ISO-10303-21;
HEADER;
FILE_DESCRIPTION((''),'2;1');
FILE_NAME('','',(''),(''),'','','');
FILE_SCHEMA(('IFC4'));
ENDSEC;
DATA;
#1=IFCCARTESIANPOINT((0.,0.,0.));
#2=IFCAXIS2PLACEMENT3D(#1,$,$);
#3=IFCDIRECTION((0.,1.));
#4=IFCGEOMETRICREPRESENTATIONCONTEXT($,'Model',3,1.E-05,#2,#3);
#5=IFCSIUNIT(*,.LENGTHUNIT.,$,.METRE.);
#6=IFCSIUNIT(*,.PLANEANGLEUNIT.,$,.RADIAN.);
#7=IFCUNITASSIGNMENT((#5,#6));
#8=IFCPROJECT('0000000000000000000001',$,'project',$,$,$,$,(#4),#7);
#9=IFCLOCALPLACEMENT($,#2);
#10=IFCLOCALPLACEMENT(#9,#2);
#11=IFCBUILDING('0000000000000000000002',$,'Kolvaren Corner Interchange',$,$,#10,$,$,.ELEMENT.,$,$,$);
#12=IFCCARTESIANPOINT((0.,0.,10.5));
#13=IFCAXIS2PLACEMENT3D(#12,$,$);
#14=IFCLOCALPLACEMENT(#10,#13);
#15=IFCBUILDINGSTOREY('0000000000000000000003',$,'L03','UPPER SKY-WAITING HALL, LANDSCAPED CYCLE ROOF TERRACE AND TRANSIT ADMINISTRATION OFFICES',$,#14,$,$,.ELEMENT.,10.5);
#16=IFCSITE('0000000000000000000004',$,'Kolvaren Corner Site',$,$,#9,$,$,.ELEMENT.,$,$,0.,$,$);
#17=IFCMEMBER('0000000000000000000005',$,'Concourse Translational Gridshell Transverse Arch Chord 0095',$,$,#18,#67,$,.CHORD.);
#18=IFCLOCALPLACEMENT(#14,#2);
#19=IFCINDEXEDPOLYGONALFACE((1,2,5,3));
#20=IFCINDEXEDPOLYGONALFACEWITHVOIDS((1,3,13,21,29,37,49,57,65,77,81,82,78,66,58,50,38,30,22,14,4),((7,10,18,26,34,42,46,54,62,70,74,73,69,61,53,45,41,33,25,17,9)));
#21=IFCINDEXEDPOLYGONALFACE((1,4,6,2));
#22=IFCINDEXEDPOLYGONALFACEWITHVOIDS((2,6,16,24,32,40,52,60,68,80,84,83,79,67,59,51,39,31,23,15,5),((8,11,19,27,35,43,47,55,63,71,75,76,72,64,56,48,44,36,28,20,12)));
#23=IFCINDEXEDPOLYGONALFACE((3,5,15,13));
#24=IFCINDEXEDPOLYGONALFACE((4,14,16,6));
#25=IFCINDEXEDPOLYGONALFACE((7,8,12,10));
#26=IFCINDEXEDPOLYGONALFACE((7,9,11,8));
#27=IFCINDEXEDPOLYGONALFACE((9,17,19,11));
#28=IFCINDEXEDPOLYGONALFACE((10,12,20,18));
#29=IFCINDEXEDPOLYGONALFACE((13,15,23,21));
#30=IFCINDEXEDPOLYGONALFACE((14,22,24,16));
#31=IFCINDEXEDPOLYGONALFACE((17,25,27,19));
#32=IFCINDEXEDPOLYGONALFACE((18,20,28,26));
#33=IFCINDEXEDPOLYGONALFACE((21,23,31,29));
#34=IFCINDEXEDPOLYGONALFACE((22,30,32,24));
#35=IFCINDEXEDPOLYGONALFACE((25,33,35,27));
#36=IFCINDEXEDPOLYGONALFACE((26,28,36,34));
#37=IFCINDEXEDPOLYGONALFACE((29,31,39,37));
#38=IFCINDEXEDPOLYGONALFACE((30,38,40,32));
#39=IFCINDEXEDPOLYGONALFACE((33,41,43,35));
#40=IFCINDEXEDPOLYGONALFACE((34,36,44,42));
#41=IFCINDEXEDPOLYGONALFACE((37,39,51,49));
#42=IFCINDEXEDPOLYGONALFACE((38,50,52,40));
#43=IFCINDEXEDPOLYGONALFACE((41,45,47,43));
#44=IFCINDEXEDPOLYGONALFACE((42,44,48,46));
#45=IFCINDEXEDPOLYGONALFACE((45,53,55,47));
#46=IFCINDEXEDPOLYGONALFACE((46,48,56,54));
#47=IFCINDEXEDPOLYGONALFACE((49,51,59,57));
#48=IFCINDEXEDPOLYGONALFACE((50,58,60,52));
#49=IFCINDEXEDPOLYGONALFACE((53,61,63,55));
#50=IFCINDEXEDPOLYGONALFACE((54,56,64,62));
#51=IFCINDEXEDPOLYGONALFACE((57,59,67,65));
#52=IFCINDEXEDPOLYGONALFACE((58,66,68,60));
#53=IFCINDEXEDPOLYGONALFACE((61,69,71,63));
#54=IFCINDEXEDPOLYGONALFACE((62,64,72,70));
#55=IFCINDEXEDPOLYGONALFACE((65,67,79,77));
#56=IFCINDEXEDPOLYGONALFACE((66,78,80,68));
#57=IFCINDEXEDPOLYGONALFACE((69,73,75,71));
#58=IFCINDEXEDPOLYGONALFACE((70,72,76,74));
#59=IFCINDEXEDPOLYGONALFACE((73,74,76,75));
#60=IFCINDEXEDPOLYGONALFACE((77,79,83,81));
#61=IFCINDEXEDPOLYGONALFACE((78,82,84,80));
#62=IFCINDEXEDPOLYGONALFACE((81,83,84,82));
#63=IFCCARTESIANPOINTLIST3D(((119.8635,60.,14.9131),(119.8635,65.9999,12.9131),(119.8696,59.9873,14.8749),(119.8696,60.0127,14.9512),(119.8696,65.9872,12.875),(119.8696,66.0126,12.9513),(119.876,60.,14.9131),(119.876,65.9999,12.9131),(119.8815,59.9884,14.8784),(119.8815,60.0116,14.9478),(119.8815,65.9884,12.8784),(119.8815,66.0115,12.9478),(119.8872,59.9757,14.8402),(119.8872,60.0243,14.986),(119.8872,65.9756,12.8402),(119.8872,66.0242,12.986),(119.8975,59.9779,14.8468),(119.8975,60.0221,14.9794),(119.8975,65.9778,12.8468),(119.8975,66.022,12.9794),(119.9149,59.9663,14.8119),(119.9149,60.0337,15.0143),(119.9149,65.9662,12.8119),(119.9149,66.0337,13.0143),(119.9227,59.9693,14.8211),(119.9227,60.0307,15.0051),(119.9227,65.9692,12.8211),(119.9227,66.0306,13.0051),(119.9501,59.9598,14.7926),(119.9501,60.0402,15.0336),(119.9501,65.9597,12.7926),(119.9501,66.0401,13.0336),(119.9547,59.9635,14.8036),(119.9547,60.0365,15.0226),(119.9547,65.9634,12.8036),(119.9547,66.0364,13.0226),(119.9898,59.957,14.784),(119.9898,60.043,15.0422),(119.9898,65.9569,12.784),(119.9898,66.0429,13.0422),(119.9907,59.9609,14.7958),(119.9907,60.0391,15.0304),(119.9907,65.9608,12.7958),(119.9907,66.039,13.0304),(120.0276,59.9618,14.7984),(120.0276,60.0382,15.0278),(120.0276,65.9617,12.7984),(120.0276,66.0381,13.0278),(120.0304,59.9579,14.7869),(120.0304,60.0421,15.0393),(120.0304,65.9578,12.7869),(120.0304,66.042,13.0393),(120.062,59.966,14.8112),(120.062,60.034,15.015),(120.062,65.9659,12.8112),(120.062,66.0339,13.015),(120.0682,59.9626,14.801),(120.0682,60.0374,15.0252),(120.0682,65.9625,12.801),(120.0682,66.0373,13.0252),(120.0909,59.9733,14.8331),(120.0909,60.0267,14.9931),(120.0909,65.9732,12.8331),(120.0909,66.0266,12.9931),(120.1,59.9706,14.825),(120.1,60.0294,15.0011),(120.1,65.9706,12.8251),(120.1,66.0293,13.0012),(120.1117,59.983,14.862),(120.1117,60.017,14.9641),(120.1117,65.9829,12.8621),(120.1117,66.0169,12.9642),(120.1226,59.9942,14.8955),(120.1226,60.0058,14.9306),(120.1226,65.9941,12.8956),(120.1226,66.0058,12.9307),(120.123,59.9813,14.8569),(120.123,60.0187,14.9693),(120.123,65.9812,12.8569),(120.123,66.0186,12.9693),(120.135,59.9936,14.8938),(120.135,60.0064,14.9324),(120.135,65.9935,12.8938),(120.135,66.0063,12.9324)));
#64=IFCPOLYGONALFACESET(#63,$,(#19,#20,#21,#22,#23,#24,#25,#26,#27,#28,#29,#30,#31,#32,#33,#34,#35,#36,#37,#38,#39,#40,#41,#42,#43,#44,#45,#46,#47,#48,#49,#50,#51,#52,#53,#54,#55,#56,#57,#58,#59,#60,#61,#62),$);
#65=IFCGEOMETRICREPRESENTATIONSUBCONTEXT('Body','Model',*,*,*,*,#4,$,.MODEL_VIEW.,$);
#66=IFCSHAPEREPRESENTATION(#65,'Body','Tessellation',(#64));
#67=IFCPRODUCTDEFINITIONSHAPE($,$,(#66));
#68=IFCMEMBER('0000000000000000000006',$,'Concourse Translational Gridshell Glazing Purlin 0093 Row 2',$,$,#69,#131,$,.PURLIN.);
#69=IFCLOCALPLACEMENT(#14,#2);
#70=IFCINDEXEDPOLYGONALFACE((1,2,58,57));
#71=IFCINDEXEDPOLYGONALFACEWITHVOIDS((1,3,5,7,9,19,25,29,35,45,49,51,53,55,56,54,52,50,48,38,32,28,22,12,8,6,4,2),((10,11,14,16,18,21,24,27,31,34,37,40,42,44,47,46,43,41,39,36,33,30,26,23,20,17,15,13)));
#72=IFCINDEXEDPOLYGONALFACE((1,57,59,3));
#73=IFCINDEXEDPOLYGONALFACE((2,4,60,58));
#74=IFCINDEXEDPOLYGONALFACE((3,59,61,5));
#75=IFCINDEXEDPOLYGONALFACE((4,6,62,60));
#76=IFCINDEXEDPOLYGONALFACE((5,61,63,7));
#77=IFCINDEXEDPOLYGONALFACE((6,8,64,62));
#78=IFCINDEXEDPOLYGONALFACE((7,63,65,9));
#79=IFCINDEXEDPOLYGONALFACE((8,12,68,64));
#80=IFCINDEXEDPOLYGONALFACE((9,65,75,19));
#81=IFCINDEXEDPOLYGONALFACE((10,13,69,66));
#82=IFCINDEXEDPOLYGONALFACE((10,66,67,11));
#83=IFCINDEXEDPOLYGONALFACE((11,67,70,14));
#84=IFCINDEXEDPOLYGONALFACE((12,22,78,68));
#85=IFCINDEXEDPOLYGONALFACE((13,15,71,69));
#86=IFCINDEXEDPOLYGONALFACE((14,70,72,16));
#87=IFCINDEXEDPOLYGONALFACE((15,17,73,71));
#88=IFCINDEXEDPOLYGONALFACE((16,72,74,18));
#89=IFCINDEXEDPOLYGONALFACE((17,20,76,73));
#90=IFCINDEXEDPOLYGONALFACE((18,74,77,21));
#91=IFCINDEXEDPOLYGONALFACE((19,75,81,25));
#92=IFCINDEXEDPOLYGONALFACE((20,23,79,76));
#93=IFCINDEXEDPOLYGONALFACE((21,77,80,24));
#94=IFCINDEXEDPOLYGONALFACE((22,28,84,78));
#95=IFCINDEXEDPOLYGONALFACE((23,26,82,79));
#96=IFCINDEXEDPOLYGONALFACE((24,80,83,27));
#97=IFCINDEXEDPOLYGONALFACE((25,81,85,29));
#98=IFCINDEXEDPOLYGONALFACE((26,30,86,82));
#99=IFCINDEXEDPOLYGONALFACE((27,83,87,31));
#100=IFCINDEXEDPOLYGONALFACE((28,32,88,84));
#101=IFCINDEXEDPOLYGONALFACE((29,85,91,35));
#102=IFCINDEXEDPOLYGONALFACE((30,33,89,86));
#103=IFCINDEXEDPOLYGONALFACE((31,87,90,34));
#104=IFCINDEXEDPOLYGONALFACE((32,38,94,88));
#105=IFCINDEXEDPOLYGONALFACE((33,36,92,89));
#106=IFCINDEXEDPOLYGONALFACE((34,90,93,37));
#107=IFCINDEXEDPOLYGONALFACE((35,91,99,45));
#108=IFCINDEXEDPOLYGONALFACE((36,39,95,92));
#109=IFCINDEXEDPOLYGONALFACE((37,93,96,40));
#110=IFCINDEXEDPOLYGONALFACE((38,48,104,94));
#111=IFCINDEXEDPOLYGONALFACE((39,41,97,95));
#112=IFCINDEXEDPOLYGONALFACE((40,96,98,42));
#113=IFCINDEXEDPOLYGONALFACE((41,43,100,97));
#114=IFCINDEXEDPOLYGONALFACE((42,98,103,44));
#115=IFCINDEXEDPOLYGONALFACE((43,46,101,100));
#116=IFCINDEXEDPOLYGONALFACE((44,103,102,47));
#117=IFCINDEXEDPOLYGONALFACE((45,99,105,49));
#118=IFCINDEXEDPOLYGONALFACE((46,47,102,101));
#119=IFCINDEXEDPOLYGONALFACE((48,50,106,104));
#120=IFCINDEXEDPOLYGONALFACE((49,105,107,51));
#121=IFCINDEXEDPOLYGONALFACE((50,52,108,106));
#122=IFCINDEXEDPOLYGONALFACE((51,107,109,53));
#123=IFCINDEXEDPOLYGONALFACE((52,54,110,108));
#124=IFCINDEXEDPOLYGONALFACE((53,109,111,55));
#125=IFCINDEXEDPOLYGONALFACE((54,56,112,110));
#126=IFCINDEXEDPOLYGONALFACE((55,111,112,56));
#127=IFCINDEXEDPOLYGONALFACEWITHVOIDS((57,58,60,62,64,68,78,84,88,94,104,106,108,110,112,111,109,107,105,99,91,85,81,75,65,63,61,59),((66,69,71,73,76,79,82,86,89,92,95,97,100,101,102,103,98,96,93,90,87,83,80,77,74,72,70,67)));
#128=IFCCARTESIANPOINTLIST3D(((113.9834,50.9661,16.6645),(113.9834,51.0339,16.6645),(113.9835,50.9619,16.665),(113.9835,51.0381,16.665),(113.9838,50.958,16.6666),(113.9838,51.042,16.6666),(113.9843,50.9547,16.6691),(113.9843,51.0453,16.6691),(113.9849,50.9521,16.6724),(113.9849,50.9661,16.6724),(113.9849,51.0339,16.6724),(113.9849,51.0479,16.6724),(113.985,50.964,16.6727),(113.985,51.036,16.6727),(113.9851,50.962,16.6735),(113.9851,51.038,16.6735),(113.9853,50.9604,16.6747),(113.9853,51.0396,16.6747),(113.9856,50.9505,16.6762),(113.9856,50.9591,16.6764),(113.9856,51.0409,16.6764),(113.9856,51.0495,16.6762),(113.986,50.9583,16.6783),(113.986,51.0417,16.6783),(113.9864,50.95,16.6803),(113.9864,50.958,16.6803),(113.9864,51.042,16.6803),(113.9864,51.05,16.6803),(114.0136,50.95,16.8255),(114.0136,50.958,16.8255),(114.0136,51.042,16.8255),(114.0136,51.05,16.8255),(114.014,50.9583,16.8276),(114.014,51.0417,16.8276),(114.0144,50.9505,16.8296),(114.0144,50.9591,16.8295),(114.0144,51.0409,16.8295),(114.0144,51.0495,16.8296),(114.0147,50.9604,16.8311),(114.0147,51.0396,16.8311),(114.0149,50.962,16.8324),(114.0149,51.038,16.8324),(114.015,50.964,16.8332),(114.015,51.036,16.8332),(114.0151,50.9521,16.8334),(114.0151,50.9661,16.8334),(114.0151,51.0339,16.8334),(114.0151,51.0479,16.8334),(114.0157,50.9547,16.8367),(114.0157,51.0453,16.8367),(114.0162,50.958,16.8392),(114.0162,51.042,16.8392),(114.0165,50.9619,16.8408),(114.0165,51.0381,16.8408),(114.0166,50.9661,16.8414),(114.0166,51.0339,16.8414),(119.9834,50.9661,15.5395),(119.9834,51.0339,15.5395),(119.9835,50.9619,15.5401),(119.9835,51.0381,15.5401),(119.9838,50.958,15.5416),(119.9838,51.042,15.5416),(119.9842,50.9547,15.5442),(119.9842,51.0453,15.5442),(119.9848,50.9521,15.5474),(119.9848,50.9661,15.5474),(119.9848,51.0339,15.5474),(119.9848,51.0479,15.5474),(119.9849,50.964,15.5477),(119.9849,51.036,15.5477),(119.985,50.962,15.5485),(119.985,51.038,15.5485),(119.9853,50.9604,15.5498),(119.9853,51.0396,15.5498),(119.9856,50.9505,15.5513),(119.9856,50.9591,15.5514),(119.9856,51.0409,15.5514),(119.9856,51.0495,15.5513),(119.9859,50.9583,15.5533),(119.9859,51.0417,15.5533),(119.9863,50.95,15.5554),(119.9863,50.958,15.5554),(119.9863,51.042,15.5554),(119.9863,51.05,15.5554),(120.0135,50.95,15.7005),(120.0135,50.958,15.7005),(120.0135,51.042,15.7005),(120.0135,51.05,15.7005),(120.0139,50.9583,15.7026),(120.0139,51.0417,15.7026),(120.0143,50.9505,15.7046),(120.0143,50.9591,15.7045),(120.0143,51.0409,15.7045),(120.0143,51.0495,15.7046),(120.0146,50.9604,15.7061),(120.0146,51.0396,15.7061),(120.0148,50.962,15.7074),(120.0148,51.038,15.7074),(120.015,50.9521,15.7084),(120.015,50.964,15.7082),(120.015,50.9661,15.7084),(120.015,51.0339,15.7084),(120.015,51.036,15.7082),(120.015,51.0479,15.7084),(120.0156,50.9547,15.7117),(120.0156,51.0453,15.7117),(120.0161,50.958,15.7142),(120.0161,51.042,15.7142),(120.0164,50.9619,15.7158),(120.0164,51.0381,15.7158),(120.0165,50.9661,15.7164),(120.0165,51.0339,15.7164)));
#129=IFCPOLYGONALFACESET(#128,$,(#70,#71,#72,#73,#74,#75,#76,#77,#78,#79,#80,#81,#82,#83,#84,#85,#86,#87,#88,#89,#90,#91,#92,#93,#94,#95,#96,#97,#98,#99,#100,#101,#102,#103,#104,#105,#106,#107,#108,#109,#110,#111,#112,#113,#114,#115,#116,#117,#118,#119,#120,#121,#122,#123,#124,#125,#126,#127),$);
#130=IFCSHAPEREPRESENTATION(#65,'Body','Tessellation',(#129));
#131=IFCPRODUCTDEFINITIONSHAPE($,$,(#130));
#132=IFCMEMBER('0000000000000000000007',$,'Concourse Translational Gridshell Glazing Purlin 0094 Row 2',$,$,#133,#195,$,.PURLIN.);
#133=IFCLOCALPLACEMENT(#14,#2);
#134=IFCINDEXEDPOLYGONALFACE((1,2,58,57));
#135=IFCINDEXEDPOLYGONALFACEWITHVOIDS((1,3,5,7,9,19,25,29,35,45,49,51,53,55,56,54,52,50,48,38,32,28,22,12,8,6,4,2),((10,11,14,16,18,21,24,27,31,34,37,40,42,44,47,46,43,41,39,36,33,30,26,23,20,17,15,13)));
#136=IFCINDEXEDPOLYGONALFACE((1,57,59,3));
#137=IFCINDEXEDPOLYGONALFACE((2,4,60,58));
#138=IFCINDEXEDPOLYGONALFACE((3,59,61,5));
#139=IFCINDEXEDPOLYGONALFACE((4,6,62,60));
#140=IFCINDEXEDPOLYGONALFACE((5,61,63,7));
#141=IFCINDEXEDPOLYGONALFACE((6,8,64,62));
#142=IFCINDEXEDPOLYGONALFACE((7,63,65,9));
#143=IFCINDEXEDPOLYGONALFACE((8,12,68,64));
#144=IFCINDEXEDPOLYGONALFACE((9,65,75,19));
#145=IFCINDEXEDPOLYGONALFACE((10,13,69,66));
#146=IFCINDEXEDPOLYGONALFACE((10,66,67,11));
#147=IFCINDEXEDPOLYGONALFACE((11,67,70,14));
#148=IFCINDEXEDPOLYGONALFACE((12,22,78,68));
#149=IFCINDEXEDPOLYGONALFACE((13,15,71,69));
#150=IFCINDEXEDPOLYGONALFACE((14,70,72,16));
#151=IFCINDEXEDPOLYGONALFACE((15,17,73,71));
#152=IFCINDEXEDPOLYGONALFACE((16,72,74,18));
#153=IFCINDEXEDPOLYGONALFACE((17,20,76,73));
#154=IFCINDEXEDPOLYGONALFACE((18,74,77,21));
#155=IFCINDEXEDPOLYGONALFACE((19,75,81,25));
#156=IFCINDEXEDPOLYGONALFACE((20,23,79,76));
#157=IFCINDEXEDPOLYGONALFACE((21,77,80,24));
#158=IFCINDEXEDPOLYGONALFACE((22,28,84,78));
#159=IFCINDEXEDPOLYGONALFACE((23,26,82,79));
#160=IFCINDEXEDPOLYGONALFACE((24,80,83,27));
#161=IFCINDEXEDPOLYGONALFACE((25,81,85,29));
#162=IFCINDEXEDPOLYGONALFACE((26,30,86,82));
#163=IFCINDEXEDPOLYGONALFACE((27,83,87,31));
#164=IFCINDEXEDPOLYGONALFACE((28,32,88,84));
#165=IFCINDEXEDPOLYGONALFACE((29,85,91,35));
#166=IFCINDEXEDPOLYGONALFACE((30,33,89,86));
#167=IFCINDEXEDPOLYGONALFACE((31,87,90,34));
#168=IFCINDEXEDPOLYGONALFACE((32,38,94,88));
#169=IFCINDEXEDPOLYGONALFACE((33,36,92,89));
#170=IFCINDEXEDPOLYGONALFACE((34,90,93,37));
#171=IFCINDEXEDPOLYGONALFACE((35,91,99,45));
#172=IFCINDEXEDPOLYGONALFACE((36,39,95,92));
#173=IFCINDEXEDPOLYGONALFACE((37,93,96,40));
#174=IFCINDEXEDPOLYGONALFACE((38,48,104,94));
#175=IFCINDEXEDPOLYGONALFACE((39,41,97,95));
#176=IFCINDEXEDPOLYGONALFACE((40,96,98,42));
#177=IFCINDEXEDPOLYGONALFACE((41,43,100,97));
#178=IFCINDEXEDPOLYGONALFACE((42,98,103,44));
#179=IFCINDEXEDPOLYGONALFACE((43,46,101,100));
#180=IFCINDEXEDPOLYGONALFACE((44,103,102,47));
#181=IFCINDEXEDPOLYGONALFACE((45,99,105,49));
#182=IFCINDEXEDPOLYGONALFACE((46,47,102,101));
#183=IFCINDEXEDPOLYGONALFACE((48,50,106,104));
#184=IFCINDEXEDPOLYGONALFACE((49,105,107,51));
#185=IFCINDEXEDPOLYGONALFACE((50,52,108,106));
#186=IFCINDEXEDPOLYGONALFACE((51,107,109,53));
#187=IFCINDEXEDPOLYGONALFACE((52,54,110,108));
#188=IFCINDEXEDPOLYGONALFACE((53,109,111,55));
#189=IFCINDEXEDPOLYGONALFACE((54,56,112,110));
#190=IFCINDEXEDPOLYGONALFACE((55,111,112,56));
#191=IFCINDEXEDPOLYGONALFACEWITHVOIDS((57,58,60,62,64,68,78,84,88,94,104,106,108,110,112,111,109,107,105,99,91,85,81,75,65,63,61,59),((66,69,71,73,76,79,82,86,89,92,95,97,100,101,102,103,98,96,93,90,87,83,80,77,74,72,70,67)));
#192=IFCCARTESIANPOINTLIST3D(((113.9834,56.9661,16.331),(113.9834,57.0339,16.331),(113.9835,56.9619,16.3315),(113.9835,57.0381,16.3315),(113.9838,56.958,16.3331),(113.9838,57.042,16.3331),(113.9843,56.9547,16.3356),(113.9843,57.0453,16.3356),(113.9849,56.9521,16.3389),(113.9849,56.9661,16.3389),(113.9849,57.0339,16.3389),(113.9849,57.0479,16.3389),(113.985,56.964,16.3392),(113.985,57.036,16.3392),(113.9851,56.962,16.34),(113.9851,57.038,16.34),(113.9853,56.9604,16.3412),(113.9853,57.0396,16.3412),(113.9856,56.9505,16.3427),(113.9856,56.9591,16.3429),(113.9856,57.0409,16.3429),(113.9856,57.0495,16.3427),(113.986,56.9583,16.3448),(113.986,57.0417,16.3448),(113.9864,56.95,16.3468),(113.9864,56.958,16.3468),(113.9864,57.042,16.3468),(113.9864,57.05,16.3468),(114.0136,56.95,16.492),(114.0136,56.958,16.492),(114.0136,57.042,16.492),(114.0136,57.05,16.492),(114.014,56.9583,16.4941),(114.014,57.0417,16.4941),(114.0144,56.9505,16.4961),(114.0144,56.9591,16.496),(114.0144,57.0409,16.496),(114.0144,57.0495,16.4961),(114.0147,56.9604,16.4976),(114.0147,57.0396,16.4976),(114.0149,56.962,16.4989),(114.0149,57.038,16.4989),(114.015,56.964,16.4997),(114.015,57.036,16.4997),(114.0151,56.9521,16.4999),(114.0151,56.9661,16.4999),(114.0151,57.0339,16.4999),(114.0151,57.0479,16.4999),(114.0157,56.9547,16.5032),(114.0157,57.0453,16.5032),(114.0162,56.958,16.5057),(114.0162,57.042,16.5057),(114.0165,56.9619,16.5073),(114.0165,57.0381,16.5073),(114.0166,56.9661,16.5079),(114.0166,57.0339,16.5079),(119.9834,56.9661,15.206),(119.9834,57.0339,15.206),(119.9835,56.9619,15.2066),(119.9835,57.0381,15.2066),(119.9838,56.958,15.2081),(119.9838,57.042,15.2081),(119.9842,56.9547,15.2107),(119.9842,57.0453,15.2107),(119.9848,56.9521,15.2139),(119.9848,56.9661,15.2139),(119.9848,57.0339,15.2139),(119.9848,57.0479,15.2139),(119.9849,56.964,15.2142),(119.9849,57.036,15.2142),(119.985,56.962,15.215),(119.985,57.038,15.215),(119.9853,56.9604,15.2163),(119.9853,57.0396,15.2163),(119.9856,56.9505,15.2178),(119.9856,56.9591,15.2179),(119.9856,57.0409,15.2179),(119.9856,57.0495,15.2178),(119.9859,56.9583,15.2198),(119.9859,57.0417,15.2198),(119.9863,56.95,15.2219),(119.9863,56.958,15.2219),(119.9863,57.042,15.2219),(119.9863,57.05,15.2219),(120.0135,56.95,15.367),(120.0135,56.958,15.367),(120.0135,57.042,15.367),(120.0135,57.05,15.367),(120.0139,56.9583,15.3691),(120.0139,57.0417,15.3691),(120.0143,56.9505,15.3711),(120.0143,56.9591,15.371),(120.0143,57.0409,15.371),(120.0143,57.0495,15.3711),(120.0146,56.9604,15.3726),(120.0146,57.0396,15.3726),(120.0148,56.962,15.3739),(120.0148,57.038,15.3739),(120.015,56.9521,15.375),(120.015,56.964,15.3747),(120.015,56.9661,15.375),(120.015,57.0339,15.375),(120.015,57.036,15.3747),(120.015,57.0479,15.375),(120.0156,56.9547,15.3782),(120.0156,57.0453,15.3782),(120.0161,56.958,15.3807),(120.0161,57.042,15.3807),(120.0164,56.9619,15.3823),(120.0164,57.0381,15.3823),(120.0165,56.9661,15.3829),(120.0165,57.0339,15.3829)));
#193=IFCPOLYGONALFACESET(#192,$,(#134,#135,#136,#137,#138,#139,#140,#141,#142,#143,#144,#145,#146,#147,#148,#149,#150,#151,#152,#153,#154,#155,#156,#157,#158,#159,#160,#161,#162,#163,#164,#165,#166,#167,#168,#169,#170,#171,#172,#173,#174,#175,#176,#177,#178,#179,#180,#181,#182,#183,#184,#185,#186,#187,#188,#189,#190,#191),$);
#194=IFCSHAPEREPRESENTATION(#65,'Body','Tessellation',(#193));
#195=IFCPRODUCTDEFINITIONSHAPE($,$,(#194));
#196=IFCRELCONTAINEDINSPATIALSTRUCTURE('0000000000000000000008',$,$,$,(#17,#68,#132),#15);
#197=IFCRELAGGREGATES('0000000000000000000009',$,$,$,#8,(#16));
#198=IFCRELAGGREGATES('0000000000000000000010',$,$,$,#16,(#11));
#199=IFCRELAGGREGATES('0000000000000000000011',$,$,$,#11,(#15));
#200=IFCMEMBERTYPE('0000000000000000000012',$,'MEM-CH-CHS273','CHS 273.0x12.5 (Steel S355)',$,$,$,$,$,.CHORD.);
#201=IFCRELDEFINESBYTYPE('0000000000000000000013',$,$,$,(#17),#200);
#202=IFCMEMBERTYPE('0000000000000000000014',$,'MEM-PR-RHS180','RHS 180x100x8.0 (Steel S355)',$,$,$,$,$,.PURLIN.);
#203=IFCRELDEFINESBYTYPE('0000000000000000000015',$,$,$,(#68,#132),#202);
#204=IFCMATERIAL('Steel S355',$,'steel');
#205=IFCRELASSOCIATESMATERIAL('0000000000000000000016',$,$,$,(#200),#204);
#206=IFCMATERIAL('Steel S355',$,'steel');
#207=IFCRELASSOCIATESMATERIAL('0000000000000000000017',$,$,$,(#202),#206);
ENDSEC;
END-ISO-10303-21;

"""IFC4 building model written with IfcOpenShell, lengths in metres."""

from ifc_helpers import new_model, si_unit, direction, frame, origin, origin_2d, place, context, subcontext, project, spatial, hollow_rectangle, hollow_circle, extrude, material, material_profile, profile_set, type_object, element, save


model = new_model("IFC4")

# Units and contexts
model_context = context("Model", 3, precision=1e-05, world=origin(), true_north=direction((0.0, 1.0)))
body_context = subcontext(model_context, "Body", "Model", "MODEL_VIEW")
ifc_project = project(units=[si_unit("LENGTHUNIT", "METRE"), si_unit("PLANEANGLEUNIT", "RADIAN")], contexts=[model_context])

# Site, building, storey
site_placement = place(None, origin())
site = spatial("IfcSite", under=ifc_project, at=site_placement, Name="Kolvaren Corner Site", CompositionType="ELEMENT", RefElevation=0.0)
building_placement = place(site_placement, origin())
building = spatial("IfcBuilding", under=site, at=building_placement, Name="Kolvaren Corner Interchange", CompositionType="ELEMENT")
storey_placement = place(building_placement, frame((0.0, 0.0, 10.5)))
storey = spatial("IfcBuildingStorey", under=building, at=storey_placement, Name="L03", Description="UPPER SKY-WAITING HALL, LANDSCAPED CYCLE ROOF TERRACE AND TRANSIT ADMINISTRATION OFFICES", CompositionType="ELEMENT", Elevation=10.5)

# Members
ifc_material_1 = material(Name="Steel S355", Category="steel")
ifc_material_profile_1 = material_profile(ifc_material_1, hollow_circle(Radius=0.1365, WallThickness=0.0125, at=origin_2d()), Name="CHS 273.0x12.5")
ifc_profile_set_1 = profile_set([ifc_material_profile_1], Name="Steel S355")
member_type_1 = type_object("IfcMemberType", Name="MEM-CH-CHS273", Description="CHS 273.0x12.5 (Steel S355)", PredefinedType="CHORD", material=ifc_profile_set_1)
member_1_placement = place(storey_placement, frame((120.0, 60.0, 14.9131), z_axis=(0.0, 0.948683, -0.316228), x_axis=(-1.0, 0.0, 0.0)))
element("IfcMember", 1, at=member_1_placement, inside=storey, type_object=member_type_1, Name="Concourse Translational Gridshell Transverse Arch Chord 0095", PredefinedType="CHORD", context=body_context, shape_type="SweptSolid", body=[
    extrude(hollow_circle(Radius=0.1365, WallThickness=0.0125, at=origin_2d()), origin(), (0.0, 0.0, 1.0), 6.3245),
])
ifc_material_2 = material(Name="Steel S355", Category="steel")
ifc_material_profile_2 = material_profile(ifc_material_2, hollow_rectangle(XDim=0.1001, YDim=0.1799, WallThickness=0.0081, InnerFilletRadius=0.0081, OuterFilletRadius=0.0161, at=origin_2d()), Name="RHS 180x100x8.0")
ifc_profile_set_2 = profile_set([ifc_material_profile_2], Name="Steel S355")
member_type_2 = type_object("IfcMemberType", Name="MEM-PR-RHS180", Description="RHS 180x100x8.0 (Steel S355)", PredefinedType="PURLIN", material=ifc_profile_set_2)
for number, where, z_axis, x_axis, name in (
    (2, (114.0, 51.0, 16.7529), (0.982872, 0.0, -0.184289), (0.0, 1.0, 0.0), "Concourse Translational Gridshell Glazing Purlin 0093 Row 2"),
    (3, (114.0, 57.0, 16.4194), (0.982872, 0.0, -0.184289), (0.0, 1.0, 0.0), "Concourse Translational Gridshell Glazing Purlin 0094 Row 2"),
):
    element("IfcMember", number, at=place(storey_placement, frame(where, z_axis=z_axis, x_axis=x_axis)), inside=storey, type_object=member_type_2, Name=name, PredefinedType="PURLIN", context=body_context, shape_type="SweptSolid", body=[
        extrude(hollow_rectangle(XDim=0.1001, YDim=0.1799, WallThickness=0.0081, InnerFilletRadius=0.0081, OuterFilletRadius=0.0161, at=origin_2d()), origin(), (0.0, 0.0, 1.0), 6.1045),
    ])

save(model, "model.ifc")
